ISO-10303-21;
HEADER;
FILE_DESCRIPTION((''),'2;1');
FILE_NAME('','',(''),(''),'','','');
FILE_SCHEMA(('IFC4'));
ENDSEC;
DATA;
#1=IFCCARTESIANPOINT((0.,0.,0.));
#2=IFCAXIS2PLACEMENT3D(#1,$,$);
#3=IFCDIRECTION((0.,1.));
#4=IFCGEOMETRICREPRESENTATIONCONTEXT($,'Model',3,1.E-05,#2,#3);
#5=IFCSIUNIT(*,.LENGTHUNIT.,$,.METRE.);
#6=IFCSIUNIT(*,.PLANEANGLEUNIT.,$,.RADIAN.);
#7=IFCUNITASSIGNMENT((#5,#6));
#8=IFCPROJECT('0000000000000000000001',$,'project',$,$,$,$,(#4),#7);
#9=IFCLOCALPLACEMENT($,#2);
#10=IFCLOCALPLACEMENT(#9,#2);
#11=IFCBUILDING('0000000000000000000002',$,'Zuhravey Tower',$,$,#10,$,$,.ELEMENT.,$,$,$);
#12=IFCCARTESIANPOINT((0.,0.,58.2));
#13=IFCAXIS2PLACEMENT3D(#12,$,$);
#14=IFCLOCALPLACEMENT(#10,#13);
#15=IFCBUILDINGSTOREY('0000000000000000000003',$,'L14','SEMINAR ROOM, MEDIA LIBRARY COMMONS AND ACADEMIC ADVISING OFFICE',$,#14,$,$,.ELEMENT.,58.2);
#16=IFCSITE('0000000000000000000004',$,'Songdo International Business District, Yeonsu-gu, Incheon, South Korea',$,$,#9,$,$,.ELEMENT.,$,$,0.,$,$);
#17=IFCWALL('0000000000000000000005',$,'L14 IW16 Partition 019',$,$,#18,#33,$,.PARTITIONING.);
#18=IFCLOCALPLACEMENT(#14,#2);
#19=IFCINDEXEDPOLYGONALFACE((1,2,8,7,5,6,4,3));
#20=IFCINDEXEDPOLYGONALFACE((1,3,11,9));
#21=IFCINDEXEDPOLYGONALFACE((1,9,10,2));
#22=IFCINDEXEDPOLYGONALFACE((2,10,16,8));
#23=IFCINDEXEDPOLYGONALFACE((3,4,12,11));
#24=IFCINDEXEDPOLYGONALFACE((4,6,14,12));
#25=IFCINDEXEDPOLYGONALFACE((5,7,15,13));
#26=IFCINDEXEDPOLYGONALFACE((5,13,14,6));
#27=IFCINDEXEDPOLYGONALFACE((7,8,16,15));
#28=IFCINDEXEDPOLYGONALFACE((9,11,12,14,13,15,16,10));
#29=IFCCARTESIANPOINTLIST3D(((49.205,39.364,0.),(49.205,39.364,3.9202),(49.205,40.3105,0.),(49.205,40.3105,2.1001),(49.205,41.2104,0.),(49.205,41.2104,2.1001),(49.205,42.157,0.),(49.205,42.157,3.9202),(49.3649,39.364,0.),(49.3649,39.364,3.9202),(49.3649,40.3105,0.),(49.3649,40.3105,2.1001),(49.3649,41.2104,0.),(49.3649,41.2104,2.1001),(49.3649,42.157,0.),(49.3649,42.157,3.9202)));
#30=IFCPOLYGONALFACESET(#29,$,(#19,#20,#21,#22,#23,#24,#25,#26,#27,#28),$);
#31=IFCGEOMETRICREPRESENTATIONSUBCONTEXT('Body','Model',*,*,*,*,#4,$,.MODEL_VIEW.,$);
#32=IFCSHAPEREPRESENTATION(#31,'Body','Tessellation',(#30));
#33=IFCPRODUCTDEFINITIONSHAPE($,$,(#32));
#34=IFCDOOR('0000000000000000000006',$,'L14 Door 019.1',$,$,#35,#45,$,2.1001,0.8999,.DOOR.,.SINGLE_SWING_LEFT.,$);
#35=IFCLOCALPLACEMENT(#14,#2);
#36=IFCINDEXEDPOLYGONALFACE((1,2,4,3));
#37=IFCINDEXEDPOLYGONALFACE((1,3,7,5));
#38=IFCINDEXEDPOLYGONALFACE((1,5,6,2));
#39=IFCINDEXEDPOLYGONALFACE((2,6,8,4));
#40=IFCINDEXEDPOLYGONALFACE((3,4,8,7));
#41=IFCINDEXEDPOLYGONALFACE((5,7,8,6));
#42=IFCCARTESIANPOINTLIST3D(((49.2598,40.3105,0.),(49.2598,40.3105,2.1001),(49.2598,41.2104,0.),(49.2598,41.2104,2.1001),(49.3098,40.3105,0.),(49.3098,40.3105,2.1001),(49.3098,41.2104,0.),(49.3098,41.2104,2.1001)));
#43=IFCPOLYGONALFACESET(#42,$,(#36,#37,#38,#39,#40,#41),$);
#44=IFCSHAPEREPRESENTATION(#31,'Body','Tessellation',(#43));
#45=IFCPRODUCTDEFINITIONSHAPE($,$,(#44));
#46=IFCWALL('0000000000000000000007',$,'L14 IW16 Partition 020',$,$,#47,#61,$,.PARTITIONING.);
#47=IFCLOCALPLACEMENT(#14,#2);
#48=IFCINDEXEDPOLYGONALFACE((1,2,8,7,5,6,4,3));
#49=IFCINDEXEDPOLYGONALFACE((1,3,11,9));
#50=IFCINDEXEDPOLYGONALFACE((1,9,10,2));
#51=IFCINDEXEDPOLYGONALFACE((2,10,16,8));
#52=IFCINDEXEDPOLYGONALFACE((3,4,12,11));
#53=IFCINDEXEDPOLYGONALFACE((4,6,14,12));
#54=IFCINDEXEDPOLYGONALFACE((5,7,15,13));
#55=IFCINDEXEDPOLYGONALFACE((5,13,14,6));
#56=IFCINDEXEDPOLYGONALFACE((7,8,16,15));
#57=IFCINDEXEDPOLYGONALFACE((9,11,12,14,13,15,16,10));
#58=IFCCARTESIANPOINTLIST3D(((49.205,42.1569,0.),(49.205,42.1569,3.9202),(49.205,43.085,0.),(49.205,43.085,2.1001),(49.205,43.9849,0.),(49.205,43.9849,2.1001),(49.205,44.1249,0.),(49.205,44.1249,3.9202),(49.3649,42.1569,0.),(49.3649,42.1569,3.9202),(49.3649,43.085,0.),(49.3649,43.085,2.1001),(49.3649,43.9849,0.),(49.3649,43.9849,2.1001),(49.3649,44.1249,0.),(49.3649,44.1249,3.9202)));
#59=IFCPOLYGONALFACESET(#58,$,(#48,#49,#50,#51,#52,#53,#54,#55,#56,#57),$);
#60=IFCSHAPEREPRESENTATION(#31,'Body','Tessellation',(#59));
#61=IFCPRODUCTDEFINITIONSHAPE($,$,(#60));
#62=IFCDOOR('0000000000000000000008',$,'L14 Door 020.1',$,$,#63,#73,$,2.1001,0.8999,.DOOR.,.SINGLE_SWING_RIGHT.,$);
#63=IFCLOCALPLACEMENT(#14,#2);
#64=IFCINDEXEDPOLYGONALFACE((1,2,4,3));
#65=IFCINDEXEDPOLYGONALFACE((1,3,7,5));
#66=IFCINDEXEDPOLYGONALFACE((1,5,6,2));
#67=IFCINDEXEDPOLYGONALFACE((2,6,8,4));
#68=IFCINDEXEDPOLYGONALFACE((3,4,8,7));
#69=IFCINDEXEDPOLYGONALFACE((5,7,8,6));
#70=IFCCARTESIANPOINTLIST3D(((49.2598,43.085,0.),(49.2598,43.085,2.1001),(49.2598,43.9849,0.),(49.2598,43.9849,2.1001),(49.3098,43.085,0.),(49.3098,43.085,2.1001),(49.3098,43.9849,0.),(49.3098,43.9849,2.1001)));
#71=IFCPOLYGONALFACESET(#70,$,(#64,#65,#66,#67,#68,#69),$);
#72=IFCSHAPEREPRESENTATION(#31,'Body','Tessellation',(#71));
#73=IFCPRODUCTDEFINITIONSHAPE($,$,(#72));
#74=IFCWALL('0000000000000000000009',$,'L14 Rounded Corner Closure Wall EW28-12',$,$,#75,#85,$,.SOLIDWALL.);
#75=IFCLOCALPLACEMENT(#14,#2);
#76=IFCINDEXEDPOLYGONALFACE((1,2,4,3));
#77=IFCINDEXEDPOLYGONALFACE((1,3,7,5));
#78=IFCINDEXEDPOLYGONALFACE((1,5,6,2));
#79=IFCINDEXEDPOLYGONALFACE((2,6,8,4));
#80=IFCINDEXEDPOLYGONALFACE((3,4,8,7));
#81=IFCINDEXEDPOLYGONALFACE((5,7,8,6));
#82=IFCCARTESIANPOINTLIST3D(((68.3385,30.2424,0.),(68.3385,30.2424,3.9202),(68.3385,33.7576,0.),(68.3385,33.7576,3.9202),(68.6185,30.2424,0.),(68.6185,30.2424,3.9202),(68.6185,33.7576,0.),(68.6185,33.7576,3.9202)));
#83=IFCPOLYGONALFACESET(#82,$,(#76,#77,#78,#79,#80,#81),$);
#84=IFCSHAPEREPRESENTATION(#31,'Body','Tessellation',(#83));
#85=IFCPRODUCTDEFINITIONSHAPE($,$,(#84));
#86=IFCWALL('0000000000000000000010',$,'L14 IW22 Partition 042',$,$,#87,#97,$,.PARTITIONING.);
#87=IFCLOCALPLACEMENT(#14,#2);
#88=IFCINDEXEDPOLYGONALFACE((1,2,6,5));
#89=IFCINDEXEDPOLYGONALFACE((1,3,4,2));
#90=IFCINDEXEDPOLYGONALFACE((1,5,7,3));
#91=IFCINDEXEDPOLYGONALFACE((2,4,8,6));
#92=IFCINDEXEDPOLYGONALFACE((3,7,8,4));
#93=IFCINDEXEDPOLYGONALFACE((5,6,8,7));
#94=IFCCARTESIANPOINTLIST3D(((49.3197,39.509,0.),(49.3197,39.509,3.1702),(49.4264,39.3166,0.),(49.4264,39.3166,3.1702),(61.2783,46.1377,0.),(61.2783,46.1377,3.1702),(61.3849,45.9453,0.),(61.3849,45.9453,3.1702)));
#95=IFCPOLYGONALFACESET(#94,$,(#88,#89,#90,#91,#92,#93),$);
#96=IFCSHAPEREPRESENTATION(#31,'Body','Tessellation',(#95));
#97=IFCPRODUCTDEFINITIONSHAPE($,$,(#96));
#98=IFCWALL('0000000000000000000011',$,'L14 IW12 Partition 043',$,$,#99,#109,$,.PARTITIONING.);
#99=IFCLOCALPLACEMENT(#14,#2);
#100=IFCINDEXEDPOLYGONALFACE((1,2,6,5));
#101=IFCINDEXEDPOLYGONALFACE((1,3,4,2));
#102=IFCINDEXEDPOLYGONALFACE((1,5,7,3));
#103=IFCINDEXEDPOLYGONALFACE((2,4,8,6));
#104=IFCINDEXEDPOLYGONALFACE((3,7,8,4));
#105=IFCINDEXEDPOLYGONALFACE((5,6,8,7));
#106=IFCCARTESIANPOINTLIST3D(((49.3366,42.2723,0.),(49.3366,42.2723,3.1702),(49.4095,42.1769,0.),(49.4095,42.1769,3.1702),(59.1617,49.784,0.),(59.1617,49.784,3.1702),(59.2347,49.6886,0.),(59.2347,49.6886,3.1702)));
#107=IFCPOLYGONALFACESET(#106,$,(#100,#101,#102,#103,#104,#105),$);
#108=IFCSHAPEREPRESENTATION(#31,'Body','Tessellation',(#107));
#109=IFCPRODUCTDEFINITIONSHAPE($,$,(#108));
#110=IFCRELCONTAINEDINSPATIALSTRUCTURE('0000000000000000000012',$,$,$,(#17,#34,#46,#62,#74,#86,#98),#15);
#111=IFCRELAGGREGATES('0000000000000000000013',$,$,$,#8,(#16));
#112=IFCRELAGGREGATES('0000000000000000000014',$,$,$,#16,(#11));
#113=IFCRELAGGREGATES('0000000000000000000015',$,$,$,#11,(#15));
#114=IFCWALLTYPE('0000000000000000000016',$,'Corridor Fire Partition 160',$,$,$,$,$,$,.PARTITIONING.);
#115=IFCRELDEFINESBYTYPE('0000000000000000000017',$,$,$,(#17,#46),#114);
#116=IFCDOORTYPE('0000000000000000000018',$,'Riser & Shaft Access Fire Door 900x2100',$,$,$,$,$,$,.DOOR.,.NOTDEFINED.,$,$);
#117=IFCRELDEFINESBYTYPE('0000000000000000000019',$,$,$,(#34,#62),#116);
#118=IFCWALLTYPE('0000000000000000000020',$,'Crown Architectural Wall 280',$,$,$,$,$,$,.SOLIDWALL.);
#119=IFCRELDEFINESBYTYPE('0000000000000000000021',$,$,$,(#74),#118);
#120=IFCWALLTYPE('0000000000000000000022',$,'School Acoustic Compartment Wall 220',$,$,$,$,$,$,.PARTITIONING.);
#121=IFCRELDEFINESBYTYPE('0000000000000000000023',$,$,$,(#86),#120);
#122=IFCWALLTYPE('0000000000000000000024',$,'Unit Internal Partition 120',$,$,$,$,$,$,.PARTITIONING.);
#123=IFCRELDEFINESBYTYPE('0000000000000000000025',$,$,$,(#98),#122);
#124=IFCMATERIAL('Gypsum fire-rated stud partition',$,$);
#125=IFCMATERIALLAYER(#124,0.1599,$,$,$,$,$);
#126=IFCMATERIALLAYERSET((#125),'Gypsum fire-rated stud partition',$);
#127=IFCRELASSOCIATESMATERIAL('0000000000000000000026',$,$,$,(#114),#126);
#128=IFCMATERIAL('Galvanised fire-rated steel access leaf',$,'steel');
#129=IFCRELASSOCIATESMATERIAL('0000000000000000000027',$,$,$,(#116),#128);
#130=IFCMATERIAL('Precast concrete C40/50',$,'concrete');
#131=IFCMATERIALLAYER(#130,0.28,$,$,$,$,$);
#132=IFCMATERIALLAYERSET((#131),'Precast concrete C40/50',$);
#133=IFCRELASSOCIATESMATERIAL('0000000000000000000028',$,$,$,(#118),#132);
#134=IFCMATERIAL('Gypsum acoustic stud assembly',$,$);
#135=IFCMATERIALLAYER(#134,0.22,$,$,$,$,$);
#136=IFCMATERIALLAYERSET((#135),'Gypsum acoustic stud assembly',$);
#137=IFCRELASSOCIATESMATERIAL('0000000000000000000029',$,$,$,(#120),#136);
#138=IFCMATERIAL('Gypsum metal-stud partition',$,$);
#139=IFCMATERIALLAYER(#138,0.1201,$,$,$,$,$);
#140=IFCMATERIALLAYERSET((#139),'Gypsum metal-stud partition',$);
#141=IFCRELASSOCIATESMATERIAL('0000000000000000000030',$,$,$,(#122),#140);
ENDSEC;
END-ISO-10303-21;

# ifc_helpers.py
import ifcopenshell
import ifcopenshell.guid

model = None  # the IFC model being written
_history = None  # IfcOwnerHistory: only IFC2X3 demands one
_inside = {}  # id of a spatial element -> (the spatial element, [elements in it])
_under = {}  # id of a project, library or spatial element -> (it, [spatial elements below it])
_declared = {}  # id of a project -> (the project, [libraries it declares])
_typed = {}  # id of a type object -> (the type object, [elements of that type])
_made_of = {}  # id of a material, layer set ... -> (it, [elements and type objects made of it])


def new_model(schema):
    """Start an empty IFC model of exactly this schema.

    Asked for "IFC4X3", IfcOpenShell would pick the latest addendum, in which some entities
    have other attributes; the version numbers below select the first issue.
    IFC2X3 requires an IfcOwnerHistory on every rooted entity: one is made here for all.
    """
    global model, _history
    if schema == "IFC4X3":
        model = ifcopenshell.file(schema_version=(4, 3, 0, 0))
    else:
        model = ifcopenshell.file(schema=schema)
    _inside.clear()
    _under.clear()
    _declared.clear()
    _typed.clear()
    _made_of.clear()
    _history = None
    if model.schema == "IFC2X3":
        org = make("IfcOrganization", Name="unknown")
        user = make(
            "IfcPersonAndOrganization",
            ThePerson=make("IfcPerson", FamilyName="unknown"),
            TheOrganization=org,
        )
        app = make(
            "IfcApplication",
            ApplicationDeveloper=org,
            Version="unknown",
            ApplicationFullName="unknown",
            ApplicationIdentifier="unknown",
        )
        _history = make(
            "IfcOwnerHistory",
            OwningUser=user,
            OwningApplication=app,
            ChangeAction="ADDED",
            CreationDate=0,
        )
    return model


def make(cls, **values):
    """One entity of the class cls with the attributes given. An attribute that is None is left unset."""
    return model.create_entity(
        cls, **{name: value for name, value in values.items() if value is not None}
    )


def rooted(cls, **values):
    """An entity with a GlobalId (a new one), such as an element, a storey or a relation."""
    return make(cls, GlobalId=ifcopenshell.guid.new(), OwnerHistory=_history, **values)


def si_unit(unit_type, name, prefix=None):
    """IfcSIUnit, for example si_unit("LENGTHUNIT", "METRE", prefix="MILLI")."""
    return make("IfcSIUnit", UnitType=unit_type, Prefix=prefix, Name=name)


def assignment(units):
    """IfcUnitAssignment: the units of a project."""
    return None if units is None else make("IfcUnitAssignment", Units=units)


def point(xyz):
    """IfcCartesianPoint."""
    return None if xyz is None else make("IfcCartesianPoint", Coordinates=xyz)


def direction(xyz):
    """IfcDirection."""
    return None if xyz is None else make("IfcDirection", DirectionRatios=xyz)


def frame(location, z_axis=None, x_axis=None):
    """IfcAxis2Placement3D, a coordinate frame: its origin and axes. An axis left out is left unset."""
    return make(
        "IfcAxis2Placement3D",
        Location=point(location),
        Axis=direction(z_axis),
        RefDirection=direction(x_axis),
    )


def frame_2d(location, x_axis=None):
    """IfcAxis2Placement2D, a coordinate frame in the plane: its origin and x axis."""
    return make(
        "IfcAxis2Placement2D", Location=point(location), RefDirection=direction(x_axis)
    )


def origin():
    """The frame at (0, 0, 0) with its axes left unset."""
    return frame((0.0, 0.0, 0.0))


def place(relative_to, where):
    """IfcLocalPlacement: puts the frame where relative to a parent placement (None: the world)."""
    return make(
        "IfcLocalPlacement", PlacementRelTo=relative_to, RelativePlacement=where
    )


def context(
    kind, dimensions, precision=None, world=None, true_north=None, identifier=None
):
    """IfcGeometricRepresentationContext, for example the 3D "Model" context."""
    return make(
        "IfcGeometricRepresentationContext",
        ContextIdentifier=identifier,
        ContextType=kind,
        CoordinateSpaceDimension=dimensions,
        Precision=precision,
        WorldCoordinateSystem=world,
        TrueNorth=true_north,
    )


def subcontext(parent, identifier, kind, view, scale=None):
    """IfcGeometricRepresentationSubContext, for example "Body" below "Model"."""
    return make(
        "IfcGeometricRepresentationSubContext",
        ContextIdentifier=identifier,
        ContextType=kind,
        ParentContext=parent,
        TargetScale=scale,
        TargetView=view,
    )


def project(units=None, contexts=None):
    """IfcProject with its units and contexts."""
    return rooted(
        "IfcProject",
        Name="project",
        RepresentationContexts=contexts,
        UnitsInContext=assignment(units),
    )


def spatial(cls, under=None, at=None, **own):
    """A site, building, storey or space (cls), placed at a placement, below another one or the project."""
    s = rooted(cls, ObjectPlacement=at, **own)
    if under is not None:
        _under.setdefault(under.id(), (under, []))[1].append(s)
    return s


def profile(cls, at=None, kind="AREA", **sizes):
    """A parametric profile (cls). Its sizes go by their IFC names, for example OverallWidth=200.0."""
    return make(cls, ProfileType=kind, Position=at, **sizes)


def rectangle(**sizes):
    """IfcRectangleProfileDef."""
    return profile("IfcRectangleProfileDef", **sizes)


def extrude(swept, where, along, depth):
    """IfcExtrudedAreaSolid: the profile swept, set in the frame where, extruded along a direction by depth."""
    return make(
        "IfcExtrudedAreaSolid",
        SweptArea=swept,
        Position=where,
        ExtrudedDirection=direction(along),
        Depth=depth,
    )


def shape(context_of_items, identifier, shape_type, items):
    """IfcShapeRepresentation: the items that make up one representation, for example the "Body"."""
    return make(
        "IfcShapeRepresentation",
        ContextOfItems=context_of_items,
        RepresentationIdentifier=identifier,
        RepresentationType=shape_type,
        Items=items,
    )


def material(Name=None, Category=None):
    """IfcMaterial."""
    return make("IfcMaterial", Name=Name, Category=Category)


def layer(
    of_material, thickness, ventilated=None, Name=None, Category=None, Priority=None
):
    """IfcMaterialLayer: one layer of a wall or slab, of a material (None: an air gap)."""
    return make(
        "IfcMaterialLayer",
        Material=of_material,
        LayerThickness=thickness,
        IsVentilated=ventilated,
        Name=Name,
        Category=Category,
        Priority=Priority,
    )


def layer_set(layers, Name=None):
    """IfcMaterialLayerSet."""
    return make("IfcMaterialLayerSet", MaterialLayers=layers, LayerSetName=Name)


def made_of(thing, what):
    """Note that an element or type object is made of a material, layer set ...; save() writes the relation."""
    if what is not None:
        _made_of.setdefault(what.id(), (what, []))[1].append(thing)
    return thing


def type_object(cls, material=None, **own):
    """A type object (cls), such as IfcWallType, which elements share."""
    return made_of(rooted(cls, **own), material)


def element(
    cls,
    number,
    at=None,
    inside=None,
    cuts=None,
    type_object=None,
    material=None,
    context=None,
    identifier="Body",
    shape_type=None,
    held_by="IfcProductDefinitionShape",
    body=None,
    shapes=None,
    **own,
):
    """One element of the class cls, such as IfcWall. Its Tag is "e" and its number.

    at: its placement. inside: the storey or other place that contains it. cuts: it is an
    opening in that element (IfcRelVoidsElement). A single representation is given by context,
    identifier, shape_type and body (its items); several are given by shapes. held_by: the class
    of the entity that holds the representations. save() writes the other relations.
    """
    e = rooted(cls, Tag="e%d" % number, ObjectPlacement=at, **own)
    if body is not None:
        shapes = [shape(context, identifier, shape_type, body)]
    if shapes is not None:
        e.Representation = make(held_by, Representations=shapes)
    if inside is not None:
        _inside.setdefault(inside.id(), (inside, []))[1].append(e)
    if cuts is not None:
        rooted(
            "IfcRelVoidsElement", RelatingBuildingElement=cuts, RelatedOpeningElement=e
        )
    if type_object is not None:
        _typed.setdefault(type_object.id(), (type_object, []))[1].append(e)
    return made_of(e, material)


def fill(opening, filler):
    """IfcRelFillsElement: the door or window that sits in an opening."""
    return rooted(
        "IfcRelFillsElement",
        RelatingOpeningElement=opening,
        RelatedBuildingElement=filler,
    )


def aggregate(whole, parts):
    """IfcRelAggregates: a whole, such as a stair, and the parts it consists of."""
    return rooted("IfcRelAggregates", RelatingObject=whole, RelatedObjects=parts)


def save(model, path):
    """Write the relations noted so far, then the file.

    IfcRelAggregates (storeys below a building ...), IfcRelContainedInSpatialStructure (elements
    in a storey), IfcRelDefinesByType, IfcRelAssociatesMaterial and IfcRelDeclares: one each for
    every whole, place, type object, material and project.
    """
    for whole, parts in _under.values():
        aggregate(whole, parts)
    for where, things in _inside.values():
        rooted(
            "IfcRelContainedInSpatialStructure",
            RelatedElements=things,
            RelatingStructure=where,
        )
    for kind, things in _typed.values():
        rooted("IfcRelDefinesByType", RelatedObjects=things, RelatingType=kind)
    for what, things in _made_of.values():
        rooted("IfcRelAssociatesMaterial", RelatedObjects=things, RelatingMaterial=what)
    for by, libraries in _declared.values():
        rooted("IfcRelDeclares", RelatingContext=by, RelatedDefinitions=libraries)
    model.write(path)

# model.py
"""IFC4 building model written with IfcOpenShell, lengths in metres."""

from ifc_helpers import new_model, si_unit, direction, frame, frame_2d, origin, place, context, subcontext, project, spatial, rectangle, extrude, material, layer, layer_set, type_object, element, fill, save


model = new_model("IFC4")

# Units and contexts
model_context = context("Model", 3, precision=1e-05, world=origin(), true_north=direction((0.0, 1.0)))
body_context = subcontext(model_context, "Body", "Model", "MODEL_VIEW")
ifc_project = project(units=[si_unit("LENGTHUNIT", "METRE"), si_unit("PLANEANGLEUNIT", "RADIAN")], contexts=[model_context])

# Site, building, storey
site_placement = place(None, origin())
site = spatial("IfcSite", under=ifc_project, at=site_placement, Name="Songdo International Business District, Yeonsu-gu, Incheon, South Korea", CompositionType="ELEMENT", RefElevation=0.0)
building_placement = place(site_placement, origin())
building = spatial("IfcBuilding", under=site, at=building_placement, Name="Zuhravey Tower", CompositionType="ELEMENT")
storey_placement = place(building_placement, frame((0.0, 0.0, 58.2)))
storey = spatial("IfcBuildingStorey", under=building, at=storey_placement, Name="L14", Description="SEMINAR ROOM, MEDIA LIBRARY COMMONS AND ACADEMIC ADVISING OFFICE", CompositionType="ELEMENT", Elevation=58.2)

# Walls, openings, doors
ifc_material_1 = material(Name="Gypsum fire-rated stud partition")
ifc_layer_1 = layer(ifc_material_1, 0.1599)
ifc_layer_set_1 = layer_set([ifc_layer_1], Name="Gypsum fire-rated stud partition")
wall_type_1 = type_object("IfcWallType", Name="Corridor Fire Partition 160", PredefinedType="PARTITIONING", material=ifc_layer_set_1)
wall_1_placement = place(storey_placement, frame((49.2849, 39.364, 0.0), z_axis=(0.0, 0.0, 1.0), x_axis=(0.0, 1.0, 0.0)))
wall_1 = element("IfcWall", 1, at=wall_1_placement, inside=storey, type_object=wall_type_1, Name="L14 IW16 Partition 019", PredefinedType="PARTITIONING", context=body_context, shape_type="SweptSolid", body=[
    extrude(rectangle(XDim=2.793, YDim=0.1599, at=frame_2d((1.3965, 0.0))), origin(), (0.0, 0.0, 1.0), 3.9202),
])
opening_1_placement = place(wall_1_placement, frame((0.9465, 0.0, 0.0)))
opening_1 = element("IfcOpeningElement", 2, at=opening_1_placement, cuts=wall_1, PredefinedType="OPENING", context=body_context, shape_type="SweptSolid", body=[
    extrude(rectangle(XDim=0.8999, YDim=2.1001, at=frame_2d((0.45, 1.05))), frame((0.0, 0.092, 0.0), z_axis=(0.0, -1.0, 0.0), x_axis=(1.0, 0.0, 0.0)), (0.0, 0.0, 1.0), 0.1838),
])
ifc_material_2 = material(Name="Galvanised fire-rated steel access leaf", Category="steel")
door_type = type_object("IfcDoorType", Name="Riser & Shaft Access Fire Door 900x2100", OperationType="NOTDEFINED", PredefinedType="DOOR", material=ifc_material_2)
door_1_placement = place(opening_1_placement, frame((0.8999, 0.0, 0.0), z_axis=(0.0, 0.0, 1.0), x_axis=(-1.0, 0.0, 0.0)))
door_1 = element("IfcDoor", 3, at=door_1_placement, inside=storey, type_object=door_type, Name="L14 Door 019.1", OperationType="SINGLE_SWING_LEFT", OverallHeight=2.1001, OverallWidth=0.8999, PredefinedType="DOOR", context=body_context, shape_type="SweptSolid", body=[
    extrude(rectangle(XDim=0.8999, YDim=2.1001, at=frame_2d((0.45, 1.05))), frame((0.0, 0.0249, 0.0), z_axis=(0.0, -1.0, 0.0), x_axis=(1.0, 0.0, 0.0)), (0.0, 0.0, 1.0), 0.05),
])
fill(opening_1, door_1)
wall_2_placement = place(storey_placement, frame((49.2849, 42.157, 0.0), z_axis=(0.0, 0.0, 1.0), x_axis=(0.0, 1.0, 0.0)))
wall_2 = element("IfcWall", 4, at=wall_2_placement, inside=storey, type_object=wall_type_1, Name="L14 IW16 Partition 020", PredefinedType="PARTITIONING", context=body_context, shape_type="SweptSolid", body=[
    extrude(rectangle(XDim=1.968, YDim=0.1599, at=frame_2d((0.9839, 0.0))), origin(), (0.0, 0.0, 1.0), 3.9202),
])
opening_2_placement = place(wall_2_placement, frame((0.928, 0.0, 0.0)))
opening_2 = element("IfcOpeningElement", 5, at=opening_2_placement, cuts=wall_2, PredefinedType="OPENING", context=body_context, shape_type="SweptSolid", body=[
    extrude(rectangle(XDim=0.8999, YDim=2.1001, at=frame_2d((0.45, 1.05))), frame((0.0, 0.092, 0.0), z_axis=(0.0, -1.0, 0.0), x_axis=(1.0, 0.0, 0.0)), (0.0, 0.0, 1.0), 0.1838),
])
door_2_placement = place(opening_2_placement, frame((0.8999, 0.0, 0.0), z_axis=(0.0, 0.0, 1.0), x_axis=(-1.0, 0.0, 0.0)))
door_2 = element("IfcDoor", 6, at=door_2_placement, inside=storey, type_object=door_type, Name="L14 Door 020.1", OperationType="SINGLE_SWING_RIGHT", OverallHeight=2.1001, OverallWidth=0.8999, PredefinedType="DOOR", context=body_context, shape_type="SweptSolid", body=[
    extrude(rectangle(XDim=0.8999, YDim=2.1001, at=frame_2d((0.45, 1.05))), frame((0.0, 0.0249, 0.0), z_axis=(0.0, -1.0, 0.0), x_axis=(1.0, 0.0, 0.0)), (0.0, 0.0, 1.0), 0.05),
])
fill(opening_2, door_2)

# Walls
ifc_material_3 = material(Name="Precast concrete C40/50", Category="concrete")
ifc_layer_2 = layer(ifc_material_3, 0.28)
ifc_layer_set_2 = layer_set([ifc_layer_2], Name="Precast concrete C40/50")
wall_type_2 = type_object("IfcWallType", Name="Crown Architectural Wall 280", PredefinedType="SOLIDWALL", material=ifc_layer_set_2)
wall_3_placement = place(storey_placement, frame((68.4785, 33.7576, 0.0), z_axis=(0.0, 0.0, 1.0), x_axis=(0.0, -1.0, 0.0)))
element("IfcWall", 7, at=wall_3_placement, inside=storey, type_object=wall_type_2, Name="L14 Rounded Corner Closure Wall EW28-12", PredefinedType="SOLIDWALL", context=body_context, shape_type="SweptSolid", body=[
    extrude(rectangle(XDim=3.5151, YDim=0.28, at=frame_2d((1.7576, 0.0))), origin(), (0.0, 0.0, 1.0), 3.9202),
])
ifc_material_4 = material(Name="Gypsum acoustic stud assembly")
ifc_layer_3 = layer(ifc_material_4, 0.22)
ifc_layer_set_3 = layer_set([ifc_layer_3], Name="Gypsum acoustic stud assembly")
wall_type_3 = type_object("IfcWallType", Name="School Acoustic Compartment Wall 220", PredefinedType="PARTITIONING", material=ifc_layer_set_3)
wall_4_placement = place(storey_placement, frame((49.373, 39.4128, 0.0), z_axis=(0.0, 0.0, 1.0), x_axis=(0.874621, 0.484807, 0.0)))
element("IfcWall", 8, at=wall_4_placement, inside=storey, type_object=wall_type_3, Name="L14 IW22 Partition 042", PredefinedType="PARTITIONING", context=body_context, shape_type="SweptSolid", body=[
    extrude(rectangle(XDim=13.6729, YDim=0.22, at=frame_2d((6.8364, 0.0))), origin(), (0.0, 0.0, 1.0), 3.1702),
])
ifc_material_5 = material(Name="Gypsum metal-stud partition")
ifc_layer_4 = layer(ifc_material_5, 0.1201)
ifc_layer_set_4 = layer_set([ifc_layer_4], Name="Gypsum metal-stud partition")
wall_type_4 = type_object("IfcWallType", Name="Unit Internal Partition 120", PredefinedType="PARTITIONING", material=ifc_layer_set_4)
wall_5_placement = place(storey_placement, frame((49.373, 42.2246, 0.0), z_axis=(0.0, 0.0, 1.0), x_axis=(0.794423, 0.607365, 0.0)))
element("IfcWall", 9, at=wall_5_placement, inside=storey, type_object=wall_type_4, Name="L14 IW12 Partition 043", PredefinedType="PARTITIONING", context=body_context, shape_type="SweptSolid", body=[
    extrude(rectangle(XDim=12.3677, YDim=0.1201, at=frame_2d((6.1838, 0.0))), origin(), (0.0, 0.0, 1.0), 3.1702),
])

save(model, "model.ifc")
